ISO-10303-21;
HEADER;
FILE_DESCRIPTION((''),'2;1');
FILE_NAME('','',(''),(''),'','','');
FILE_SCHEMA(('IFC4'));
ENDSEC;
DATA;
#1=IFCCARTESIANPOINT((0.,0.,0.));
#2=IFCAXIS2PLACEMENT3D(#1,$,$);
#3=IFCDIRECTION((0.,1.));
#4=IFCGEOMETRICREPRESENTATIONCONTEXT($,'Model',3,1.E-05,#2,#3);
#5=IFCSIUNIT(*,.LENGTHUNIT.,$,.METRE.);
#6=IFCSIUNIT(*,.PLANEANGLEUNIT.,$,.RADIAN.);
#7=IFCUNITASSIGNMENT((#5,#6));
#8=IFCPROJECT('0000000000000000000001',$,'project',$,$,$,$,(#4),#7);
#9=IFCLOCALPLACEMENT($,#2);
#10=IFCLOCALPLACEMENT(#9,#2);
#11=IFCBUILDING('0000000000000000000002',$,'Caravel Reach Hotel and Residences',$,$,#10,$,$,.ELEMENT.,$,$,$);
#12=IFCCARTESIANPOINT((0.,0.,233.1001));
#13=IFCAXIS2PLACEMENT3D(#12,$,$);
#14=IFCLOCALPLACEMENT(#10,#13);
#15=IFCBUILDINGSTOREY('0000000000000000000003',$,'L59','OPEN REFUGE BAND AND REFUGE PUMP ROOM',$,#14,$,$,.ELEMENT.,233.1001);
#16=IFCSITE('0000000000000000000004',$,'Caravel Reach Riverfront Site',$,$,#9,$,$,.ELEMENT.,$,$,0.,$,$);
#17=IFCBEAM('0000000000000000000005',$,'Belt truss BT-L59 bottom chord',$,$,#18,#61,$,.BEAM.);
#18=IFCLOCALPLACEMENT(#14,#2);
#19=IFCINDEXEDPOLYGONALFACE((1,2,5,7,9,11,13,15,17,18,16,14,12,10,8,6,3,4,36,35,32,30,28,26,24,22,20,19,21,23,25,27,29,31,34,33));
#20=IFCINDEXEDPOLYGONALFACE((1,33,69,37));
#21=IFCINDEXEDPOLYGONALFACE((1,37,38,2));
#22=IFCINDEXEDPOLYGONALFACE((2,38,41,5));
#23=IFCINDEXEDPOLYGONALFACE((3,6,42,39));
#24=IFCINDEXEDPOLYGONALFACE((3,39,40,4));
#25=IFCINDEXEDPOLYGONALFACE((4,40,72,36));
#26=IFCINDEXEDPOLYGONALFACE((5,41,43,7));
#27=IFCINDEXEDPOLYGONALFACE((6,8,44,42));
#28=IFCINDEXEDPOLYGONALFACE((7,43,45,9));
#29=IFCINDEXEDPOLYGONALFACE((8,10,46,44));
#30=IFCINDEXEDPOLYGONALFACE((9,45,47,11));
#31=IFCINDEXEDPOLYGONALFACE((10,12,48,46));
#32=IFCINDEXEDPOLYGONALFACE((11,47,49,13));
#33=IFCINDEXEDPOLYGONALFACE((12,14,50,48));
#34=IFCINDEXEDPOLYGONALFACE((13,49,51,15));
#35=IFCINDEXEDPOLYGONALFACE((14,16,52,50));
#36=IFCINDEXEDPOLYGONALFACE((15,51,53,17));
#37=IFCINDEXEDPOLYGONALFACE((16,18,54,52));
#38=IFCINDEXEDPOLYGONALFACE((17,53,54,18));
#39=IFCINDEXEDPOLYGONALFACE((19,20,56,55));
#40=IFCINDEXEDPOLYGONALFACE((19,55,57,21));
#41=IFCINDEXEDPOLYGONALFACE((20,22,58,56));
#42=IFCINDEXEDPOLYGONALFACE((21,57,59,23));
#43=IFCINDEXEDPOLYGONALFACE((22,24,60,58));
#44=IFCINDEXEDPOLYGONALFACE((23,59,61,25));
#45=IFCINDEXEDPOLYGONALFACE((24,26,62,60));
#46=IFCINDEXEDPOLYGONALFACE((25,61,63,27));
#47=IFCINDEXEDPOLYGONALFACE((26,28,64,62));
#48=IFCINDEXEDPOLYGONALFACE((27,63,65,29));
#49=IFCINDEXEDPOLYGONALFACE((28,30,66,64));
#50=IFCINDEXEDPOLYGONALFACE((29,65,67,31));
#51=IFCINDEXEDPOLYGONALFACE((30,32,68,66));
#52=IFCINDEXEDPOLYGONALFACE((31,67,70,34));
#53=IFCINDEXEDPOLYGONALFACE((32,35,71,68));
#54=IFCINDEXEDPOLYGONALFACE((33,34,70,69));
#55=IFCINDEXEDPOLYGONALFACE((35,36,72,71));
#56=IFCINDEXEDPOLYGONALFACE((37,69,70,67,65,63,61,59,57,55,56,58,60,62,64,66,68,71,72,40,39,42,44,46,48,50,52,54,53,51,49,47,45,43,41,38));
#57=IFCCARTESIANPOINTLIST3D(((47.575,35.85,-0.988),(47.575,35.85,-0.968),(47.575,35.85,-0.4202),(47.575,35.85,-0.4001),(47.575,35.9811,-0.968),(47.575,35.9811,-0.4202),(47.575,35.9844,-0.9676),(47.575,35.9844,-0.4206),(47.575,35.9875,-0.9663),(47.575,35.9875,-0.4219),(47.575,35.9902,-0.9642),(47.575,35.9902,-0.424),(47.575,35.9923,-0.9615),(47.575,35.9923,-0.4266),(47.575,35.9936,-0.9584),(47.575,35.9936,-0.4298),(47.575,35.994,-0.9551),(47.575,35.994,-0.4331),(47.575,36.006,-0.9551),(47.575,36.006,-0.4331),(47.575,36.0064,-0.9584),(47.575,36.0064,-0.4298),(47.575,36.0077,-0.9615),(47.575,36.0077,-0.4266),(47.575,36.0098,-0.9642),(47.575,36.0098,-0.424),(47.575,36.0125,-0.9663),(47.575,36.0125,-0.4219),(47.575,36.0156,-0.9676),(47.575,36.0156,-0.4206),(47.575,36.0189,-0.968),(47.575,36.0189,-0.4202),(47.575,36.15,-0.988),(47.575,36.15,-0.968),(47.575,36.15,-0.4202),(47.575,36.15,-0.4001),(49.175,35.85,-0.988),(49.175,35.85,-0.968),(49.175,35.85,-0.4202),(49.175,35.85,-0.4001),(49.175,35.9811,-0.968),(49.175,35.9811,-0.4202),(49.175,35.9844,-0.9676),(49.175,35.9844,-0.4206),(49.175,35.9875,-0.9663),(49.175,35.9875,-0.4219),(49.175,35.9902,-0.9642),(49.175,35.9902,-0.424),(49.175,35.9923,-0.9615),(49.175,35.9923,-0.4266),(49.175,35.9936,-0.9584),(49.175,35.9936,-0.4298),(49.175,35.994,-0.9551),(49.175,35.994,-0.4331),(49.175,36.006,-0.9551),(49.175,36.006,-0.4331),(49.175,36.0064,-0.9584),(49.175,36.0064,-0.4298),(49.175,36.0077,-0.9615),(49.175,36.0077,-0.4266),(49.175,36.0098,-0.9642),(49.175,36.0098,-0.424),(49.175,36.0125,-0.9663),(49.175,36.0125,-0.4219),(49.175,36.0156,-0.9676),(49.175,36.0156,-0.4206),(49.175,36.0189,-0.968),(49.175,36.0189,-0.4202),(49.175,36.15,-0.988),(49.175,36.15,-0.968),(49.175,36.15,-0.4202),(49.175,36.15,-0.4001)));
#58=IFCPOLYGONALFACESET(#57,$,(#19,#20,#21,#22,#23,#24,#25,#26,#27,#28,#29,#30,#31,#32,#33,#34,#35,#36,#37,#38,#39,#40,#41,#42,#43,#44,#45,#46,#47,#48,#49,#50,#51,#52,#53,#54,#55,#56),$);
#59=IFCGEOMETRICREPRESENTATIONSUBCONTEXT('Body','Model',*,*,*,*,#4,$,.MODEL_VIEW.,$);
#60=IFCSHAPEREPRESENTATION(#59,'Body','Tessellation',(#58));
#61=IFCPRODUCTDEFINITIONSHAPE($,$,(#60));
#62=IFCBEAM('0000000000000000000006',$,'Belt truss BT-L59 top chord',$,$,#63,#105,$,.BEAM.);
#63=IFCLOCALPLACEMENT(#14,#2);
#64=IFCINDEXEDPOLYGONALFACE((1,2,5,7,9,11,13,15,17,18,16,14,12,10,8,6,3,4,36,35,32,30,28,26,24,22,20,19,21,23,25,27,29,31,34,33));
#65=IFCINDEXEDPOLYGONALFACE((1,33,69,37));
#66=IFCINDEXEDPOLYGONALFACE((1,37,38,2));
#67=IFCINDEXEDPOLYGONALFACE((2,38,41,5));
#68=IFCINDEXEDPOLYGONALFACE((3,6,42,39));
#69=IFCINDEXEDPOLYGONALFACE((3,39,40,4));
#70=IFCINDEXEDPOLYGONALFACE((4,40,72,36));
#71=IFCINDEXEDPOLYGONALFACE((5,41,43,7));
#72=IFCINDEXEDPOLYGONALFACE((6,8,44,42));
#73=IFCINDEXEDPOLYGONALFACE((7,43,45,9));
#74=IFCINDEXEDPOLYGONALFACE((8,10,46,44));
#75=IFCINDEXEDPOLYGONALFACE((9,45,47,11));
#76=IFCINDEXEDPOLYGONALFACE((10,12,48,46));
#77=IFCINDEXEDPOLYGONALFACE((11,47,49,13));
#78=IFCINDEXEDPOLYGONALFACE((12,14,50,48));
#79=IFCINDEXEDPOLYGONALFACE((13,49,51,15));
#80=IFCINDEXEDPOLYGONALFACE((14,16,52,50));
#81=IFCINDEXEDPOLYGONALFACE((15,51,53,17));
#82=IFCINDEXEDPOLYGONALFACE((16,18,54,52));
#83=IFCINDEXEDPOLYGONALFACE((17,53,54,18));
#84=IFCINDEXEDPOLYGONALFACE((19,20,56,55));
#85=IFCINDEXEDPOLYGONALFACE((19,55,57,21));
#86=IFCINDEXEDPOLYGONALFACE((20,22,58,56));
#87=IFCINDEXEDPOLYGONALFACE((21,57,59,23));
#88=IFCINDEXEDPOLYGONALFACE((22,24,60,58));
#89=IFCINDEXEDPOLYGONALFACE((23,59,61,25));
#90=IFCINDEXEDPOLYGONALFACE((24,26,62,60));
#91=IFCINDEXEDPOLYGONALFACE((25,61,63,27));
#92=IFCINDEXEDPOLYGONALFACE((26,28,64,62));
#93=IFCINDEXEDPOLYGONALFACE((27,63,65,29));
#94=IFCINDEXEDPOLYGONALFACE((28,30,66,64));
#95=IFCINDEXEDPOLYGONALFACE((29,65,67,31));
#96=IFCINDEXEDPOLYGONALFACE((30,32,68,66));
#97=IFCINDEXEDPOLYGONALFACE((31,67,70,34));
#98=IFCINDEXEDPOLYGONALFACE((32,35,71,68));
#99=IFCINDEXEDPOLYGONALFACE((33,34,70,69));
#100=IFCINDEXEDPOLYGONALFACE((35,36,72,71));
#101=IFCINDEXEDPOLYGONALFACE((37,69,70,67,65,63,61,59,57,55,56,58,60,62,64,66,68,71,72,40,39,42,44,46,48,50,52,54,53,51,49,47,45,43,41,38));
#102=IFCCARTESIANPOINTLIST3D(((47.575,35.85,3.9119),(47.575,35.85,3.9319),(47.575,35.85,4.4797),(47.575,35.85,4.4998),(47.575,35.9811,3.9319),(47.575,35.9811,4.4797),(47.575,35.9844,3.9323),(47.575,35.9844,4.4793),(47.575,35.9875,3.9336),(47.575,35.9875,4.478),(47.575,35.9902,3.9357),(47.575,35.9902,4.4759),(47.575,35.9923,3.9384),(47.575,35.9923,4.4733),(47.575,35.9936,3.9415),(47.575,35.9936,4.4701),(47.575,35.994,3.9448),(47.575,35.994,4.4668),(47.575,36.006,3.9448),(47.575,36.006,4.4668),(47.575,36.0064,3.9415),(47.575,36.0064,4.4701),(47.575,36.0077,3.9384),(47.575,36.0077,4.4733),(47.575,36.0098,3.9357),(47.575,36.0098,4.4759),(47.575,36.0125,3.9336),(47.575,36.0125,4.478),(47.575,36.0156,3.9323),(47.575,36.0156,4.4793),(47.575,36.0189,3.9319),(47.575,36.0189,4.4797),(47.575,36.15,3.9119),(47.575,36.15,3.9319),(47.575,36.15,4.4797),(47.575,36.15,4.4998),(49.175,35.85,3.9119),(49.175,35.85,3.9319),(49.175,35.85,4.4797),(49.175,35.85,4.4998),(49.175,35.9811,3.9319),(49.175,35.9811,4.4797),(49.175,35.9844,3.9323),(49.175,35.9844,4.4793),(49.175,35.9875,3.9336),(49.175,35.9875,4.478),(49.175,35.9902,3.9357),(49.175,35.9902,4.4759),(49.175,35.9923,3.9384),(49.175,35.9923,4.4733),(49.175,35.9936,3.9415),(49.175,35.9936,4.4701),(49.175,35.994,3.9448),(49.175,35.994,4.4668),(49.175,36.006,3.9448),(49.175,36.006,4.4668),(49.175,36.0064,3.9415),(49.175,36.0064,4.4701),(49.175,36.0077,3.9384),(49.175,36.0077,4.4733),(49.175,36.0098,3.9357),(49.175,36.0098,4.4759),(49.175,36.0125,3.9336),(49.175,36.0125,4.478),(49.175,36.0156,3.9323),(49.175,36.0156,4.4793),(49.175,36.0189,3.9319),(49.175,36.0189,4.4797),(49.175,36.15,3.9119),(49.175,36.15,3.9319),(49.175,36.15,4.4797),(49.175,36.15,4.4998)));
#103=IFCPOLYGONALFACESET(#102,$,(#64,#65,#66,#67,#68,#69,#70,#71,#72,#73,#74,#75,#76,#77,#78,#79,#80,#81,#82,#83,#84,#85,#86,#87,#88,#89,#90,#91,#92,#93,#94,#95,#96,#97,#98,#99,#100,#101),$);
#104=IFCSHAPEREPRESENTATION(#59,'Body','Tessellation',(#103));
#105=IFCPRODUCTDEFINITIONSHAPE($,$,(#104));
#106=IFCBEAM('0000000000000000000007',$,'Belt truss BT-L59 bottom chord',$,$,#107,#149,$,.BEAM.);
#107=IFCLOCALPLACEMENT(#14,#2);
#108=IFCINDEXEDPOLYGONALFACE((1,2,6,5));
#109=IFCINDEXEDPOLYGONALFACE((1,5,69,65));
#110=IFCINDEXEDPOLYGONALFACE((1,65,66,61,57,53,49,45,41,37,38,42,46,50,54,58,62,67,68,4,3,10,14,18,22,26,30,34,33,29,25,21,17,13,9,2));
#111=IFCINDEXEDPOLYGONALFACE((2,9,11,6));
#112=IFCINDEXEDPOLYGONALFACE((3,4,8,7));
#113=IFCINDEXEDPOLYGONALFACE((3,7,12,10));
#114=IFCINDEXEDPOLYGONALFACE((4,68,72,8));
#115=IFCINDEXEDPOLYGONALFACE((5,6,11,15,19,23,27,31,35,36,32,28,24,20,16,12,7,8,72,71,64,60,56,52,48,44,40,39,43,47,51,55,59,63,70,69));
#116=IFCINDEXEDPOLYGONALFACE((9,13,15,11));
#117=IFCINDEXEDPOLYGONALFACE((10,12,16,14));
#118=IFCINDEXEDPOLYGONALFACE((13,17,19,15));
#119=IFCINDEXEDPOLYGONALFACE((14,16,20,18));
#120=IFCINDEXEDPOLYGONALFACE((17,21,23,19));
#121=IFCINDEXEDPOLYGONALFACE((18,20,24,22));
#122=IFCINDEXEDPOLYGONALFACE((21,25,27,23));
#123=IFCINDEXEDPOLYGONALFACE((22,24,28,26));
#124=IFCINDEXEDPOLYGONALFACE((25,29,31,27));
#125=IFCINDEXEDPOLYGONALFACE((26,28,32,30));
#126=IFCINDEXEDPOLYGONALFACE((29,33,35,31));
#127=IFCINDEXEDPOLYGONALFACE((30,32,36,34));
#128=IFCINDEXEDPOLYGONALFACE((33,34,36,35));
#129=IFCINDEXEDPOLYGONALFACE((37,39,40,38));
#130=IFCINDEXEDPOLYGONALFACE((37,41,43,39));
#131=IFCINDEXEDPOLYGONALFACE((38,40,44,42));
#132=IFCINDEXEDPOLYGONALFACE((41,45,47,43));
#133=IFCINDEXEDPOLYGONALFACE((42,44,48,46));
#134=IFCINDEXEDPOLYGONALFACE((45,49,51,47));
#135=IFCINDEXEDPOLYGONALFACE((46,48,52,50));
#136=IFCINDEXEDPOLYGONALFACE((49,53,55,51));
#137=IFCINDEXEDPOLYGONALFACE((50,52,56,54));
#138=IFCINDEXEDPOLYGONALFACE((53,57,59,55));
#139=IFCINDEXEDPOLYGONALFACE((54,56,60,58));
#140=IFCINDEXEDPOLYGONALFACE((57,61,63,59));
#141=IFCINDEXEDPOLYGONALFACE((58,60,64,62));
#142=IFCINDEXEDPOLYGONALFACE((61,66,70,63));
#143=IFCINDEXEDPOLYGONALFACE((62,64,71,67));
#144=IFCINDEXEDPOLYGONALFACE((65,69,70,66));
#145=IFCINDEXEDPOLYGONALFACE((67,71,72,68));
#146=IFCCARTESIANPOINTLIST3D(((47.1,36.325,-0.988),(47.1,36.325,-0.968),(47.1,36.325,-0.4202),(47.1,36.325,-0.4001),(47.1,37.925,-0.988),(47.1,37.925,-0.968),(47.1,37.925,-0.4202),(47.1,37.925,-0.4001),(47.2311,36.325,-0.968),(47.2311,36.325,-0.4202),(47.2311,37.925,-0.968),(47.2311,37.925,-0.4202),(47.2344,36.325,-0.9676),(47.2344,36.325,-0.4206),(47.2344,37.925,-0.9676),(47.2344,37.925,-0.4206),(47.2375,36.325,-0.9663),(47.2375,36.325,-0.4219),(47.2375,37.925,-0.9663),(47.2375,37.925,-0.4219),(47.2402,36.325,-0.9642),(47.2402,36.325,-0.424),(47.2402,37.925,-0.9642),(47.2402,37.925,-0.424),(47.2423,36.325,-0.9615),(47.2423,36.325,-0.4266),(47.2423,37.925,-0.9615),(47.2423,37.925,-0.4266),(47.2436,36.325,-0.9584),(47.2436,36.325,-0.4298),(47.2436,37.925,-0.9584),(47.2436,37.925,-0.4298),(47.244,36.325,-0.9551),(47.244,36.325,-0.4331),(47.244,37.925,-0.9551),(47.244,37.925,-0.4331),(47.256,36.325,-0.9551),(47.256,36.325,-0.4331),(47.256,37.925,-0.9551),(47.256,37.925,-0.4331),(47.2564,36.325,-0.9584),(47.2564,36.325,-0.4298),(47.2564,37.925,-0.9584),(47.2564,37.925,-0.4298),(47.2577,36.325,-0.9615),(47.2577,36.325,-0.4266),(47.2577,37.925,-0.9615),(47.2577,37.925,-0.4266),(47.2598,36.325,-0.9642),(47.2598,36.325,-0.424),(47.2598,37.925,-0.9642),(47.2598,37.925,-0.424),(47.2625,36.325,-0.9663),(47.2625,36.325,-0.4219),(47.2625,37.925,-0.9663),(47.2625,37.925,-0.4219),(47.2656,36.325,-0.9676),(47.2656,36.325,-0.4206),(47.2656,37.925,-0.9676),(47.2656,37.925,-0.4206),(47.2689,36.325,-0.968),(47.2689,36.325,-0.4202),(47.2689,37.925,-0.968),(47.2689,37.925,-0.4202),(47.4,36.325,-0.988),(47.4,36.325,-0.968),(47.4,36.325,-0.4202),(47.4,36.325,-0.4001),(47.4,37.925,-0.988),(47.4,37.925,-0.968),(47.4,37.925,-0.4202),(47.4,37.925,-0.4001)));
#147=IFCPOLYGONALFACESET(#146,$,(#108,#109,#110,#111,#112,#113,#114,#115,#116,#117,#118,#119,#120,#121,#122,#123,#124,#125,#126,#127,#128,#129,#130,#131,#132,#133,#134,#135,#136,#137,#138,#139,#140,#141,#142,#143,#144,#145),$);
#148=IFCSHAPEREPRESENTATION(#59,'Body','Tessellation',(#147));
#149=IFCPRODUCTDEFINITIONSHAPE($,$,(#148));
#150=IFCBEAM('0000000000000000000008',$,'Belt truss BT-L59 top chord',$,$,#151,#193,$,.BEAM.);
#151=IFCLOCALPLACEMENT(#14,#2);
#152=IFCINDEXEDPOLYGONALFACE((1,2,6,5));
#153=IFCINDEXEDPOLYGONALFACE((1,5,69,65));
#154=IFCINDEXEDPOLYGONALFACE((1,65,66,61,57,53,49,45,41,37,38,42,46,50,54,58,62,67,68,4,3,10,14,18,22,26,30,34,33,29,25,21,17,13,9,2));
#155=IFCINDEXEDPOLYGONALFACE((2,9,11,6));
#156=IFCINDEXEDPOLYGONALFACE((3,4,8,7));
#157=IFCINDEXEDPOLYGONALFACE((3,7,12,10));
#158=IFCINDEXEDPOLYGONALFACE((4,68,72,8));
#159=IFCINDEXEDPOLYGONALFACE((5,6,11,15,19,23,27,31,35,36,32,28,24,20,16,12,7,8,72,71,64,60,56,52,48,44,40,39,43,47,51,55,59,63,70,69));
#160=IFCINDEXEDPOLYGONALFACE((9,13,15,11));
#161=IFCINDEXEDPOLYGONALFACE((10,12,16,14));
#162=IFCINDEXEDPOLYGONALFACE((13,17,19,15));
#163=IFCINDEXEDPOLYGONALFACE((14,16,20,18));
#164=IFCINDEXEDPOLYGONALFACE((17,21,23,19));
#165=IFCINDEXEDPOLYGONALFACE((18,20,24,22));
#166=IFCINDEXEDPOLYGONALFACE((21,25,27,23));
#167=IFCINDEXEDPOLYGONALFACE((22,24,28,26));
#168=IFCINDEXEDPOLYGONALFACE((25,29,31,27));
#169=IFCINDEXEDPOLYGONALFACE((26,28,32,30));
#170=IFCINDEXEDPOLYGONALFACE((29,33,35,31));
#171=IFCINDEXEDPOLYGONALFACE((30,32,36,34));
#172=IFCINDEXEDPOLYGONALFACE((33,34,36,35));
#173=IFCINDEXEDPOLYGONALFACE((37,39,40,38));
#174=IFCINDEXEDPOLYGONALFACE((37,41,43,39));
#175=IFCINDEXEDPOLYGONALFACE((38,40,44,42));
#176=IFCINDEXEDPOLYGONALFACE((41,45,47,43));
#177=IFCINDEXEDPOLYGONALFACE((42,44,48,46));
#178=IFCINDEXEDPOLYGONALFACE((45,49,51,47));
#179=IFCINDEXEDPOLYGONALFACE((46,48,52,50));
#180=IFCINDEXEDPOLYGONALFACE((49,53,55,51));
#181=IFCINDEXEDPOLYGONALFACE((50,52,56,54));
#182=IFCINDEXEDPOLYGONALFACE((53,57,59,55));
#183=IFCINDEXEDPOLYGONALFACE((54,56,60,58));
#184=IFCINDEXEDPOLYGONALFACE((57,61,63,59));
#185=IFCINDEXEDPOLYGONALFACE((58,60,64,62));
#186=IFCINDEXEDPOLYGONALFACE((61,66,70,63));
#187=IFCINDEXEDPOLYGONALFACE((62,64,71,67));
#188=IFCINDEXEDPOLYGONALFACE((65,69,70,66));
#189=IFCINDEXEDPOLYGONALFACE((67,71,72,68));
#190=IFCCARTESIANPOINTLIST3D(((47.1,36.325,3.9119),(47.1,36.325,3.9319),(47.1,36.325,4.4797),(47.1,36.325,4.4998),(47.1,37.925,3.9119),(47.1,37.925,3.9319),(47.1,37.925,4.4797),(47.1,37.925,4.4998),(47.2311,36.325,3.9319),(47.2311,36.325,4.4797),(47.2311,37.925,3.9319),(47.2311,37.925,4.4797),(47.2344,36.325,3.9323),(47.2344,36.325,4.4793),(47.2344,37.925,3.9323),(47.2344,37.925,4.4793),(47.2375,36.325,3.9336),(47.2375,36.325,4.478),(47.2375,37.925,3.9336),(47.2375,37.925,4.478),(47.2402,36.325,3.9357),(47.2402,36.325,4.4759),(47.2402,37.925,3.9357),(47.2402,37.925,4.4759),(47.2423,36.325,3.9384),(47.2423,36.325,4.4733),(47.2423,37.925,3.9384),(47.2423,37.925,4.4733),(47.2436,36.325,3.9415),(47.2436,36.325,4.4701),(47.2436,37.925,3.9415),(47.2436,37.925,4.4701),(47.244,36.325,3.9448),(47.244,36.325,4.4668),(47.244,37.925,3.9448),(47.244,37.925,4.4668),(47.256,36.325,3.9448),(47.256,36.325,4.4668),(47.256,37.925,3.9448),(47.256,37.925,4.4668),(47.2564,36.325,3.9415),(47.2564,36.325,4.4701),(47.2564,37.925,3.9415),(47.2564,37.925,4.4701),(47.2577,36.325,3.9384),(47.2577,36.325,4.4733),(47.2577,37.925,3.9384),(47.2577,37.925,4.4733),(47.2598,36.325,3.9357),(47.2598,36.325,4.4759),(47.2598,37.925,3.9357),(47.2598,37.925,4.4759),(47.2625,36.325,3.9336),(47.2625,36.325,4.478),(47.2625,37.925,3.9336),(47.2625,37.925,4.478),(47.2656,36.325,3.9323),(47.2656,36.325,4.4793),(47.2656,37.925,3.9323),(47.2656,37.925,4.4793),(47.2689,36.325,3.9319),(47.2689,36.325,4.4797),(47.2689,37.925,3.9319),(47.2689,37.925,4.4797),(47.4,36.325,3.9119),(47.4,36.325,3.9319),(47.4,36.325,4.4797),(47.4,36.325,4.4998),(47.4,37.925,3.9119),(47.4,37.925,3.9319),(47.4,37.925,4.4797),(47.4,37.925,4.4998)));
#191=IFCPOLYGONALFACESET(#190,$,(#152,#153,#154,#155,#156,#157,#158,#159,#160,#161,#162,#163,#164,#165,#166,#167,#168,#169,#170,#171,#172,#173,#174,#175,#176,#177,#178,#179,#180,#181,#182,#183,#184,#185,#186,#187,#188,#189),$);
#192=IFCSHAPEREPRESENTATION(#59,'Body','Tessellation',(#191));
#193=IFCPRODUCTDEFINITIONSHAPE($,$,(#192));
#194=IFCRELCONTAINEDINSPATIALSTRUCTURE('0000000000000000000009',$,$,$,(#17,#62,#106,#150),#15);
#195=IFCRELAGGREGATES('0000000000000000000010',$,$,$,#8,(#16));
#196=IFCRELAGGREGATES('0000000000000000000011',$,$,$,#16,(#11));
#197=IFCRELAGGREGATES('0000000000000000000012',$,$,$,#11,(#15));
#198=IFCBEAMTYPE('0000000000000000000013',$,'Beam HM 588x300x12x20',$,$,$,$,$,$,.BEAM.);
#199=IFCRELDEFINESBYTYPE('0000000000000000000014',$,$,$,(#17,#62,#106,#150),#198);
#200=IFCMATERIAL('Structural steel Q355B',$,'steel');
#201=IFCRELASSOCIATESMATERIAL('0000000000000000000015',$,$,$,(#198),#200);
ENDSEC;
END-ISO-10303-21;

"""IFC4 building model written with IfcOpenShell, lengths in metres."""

from ifc_helpers import new_model, si_unit, direction, frame, origin, origin_2d, place, context, subcontext, project, spatial, i_section, extrude, material, material_profile, profile_set, type_object, element, save


model = new_model("IFC4")

# Units and contexts
model_context = context("Model", 3, precision=1e-05, world=origin(), true_north=direction((0.0, 1.0)))
body_context = subcontext(model_context, "Body", "Model", "MODEL_VIEW")
ifc_project = project(units=[si_unit("LENGTHUNIT", "METRE"), si_unit("PLANEANGLEUNIT", "RADIAN")], contexts=[model_context])

# Site, building, storey
site_placement = place(None, origin())
site = spatial("IfcSite", under=ifc_project, at=site_placement, Name="Caravel Reach Riverfront Site", CompositionType="ELEMENT", RefElevation=0.0)
building_placement = place(site_placement, origin())
building = spatial("IfcBuilding", under=site, at=building_placement, Name="Caravel Reach Hotel and Residences", CompositionType="ELEMENT")
storey_placement = place(building_placement, frame((0.0, 0.0, 233.1001)))
storey = spatial("IfcBuildingStorey", under=building, at=storey_placement, Name="L59", Description="OPEN REFUGE BAND AND REFUGE PUMP ROOM", CompositionType="ELEMENT", Elevation=233.1001)

# Beams
ifc_material_1 = material(Name="Structural steel Q355B", Category="steel")
ifc_material_profile_1 = material_profile(ifc_material_1, i_section(OverallWidth=0.3, OverallDepth=0.5879, WebThickness=0.012, FlangeThickness=0.02, FilletRadius=0.0129, at=origin_2d()), Name="HM 588x300x12x20")
ifc_profile_set_1 = profile_set([ifc_material_profile_1], Name="Structural steel Q355B")
beam_type = type_object("IfcBeamType", Name="Beam HM 588x300x12x20", PredefinedType="BEAM", material=ifc_profile_set_1)
for number, where, z_axis, x_axis, name in (
    (1, (49.175, 36.0, -0.6941), (-1.0, 0.0, 0.0), (0.0, -1.0, 0.0), "Belt truss BT-L59 bottom chord"),
    (2, (49.175, 36.0, 4.2058), (-1.0, 0.0, 0.0), (0.0, -1.0, 0.0), "Belt truss BT-L59 top chord"),
    (3, (47.25, 36.325, -0.6941), (0.0, 1.0, 0.0), (-1.0, 0.0, 0.0), "Belt truss BT-L59 bottom chord"),
    (4, (47.25, 36.325, 4.2058), (0.0, 1.0, 0.0), (-1.0, 0.0, 0.0), "Belt truss BT-L59 top chord"),
):
    element("IfcBeam", number, at=place(storey_placement, frame(where, z_axis=z_axis, x_axis=x_axis)), inside=storey, type_object=beam_type, Name=name, PredefinedType="BEAM", context=body_context, shape_type="SweptSolid", body=[
        extrude(i_section(OverallWidth=0.3, OverallDepth=0.5879, WebThickness=0.012, FlangeThickness=0.02, FilletRadius=0.0129, at=origin_2d()), origin(), (0.0, 0.0, 1.0), 1.6001),
    ])

save(model, "model.ifc")
